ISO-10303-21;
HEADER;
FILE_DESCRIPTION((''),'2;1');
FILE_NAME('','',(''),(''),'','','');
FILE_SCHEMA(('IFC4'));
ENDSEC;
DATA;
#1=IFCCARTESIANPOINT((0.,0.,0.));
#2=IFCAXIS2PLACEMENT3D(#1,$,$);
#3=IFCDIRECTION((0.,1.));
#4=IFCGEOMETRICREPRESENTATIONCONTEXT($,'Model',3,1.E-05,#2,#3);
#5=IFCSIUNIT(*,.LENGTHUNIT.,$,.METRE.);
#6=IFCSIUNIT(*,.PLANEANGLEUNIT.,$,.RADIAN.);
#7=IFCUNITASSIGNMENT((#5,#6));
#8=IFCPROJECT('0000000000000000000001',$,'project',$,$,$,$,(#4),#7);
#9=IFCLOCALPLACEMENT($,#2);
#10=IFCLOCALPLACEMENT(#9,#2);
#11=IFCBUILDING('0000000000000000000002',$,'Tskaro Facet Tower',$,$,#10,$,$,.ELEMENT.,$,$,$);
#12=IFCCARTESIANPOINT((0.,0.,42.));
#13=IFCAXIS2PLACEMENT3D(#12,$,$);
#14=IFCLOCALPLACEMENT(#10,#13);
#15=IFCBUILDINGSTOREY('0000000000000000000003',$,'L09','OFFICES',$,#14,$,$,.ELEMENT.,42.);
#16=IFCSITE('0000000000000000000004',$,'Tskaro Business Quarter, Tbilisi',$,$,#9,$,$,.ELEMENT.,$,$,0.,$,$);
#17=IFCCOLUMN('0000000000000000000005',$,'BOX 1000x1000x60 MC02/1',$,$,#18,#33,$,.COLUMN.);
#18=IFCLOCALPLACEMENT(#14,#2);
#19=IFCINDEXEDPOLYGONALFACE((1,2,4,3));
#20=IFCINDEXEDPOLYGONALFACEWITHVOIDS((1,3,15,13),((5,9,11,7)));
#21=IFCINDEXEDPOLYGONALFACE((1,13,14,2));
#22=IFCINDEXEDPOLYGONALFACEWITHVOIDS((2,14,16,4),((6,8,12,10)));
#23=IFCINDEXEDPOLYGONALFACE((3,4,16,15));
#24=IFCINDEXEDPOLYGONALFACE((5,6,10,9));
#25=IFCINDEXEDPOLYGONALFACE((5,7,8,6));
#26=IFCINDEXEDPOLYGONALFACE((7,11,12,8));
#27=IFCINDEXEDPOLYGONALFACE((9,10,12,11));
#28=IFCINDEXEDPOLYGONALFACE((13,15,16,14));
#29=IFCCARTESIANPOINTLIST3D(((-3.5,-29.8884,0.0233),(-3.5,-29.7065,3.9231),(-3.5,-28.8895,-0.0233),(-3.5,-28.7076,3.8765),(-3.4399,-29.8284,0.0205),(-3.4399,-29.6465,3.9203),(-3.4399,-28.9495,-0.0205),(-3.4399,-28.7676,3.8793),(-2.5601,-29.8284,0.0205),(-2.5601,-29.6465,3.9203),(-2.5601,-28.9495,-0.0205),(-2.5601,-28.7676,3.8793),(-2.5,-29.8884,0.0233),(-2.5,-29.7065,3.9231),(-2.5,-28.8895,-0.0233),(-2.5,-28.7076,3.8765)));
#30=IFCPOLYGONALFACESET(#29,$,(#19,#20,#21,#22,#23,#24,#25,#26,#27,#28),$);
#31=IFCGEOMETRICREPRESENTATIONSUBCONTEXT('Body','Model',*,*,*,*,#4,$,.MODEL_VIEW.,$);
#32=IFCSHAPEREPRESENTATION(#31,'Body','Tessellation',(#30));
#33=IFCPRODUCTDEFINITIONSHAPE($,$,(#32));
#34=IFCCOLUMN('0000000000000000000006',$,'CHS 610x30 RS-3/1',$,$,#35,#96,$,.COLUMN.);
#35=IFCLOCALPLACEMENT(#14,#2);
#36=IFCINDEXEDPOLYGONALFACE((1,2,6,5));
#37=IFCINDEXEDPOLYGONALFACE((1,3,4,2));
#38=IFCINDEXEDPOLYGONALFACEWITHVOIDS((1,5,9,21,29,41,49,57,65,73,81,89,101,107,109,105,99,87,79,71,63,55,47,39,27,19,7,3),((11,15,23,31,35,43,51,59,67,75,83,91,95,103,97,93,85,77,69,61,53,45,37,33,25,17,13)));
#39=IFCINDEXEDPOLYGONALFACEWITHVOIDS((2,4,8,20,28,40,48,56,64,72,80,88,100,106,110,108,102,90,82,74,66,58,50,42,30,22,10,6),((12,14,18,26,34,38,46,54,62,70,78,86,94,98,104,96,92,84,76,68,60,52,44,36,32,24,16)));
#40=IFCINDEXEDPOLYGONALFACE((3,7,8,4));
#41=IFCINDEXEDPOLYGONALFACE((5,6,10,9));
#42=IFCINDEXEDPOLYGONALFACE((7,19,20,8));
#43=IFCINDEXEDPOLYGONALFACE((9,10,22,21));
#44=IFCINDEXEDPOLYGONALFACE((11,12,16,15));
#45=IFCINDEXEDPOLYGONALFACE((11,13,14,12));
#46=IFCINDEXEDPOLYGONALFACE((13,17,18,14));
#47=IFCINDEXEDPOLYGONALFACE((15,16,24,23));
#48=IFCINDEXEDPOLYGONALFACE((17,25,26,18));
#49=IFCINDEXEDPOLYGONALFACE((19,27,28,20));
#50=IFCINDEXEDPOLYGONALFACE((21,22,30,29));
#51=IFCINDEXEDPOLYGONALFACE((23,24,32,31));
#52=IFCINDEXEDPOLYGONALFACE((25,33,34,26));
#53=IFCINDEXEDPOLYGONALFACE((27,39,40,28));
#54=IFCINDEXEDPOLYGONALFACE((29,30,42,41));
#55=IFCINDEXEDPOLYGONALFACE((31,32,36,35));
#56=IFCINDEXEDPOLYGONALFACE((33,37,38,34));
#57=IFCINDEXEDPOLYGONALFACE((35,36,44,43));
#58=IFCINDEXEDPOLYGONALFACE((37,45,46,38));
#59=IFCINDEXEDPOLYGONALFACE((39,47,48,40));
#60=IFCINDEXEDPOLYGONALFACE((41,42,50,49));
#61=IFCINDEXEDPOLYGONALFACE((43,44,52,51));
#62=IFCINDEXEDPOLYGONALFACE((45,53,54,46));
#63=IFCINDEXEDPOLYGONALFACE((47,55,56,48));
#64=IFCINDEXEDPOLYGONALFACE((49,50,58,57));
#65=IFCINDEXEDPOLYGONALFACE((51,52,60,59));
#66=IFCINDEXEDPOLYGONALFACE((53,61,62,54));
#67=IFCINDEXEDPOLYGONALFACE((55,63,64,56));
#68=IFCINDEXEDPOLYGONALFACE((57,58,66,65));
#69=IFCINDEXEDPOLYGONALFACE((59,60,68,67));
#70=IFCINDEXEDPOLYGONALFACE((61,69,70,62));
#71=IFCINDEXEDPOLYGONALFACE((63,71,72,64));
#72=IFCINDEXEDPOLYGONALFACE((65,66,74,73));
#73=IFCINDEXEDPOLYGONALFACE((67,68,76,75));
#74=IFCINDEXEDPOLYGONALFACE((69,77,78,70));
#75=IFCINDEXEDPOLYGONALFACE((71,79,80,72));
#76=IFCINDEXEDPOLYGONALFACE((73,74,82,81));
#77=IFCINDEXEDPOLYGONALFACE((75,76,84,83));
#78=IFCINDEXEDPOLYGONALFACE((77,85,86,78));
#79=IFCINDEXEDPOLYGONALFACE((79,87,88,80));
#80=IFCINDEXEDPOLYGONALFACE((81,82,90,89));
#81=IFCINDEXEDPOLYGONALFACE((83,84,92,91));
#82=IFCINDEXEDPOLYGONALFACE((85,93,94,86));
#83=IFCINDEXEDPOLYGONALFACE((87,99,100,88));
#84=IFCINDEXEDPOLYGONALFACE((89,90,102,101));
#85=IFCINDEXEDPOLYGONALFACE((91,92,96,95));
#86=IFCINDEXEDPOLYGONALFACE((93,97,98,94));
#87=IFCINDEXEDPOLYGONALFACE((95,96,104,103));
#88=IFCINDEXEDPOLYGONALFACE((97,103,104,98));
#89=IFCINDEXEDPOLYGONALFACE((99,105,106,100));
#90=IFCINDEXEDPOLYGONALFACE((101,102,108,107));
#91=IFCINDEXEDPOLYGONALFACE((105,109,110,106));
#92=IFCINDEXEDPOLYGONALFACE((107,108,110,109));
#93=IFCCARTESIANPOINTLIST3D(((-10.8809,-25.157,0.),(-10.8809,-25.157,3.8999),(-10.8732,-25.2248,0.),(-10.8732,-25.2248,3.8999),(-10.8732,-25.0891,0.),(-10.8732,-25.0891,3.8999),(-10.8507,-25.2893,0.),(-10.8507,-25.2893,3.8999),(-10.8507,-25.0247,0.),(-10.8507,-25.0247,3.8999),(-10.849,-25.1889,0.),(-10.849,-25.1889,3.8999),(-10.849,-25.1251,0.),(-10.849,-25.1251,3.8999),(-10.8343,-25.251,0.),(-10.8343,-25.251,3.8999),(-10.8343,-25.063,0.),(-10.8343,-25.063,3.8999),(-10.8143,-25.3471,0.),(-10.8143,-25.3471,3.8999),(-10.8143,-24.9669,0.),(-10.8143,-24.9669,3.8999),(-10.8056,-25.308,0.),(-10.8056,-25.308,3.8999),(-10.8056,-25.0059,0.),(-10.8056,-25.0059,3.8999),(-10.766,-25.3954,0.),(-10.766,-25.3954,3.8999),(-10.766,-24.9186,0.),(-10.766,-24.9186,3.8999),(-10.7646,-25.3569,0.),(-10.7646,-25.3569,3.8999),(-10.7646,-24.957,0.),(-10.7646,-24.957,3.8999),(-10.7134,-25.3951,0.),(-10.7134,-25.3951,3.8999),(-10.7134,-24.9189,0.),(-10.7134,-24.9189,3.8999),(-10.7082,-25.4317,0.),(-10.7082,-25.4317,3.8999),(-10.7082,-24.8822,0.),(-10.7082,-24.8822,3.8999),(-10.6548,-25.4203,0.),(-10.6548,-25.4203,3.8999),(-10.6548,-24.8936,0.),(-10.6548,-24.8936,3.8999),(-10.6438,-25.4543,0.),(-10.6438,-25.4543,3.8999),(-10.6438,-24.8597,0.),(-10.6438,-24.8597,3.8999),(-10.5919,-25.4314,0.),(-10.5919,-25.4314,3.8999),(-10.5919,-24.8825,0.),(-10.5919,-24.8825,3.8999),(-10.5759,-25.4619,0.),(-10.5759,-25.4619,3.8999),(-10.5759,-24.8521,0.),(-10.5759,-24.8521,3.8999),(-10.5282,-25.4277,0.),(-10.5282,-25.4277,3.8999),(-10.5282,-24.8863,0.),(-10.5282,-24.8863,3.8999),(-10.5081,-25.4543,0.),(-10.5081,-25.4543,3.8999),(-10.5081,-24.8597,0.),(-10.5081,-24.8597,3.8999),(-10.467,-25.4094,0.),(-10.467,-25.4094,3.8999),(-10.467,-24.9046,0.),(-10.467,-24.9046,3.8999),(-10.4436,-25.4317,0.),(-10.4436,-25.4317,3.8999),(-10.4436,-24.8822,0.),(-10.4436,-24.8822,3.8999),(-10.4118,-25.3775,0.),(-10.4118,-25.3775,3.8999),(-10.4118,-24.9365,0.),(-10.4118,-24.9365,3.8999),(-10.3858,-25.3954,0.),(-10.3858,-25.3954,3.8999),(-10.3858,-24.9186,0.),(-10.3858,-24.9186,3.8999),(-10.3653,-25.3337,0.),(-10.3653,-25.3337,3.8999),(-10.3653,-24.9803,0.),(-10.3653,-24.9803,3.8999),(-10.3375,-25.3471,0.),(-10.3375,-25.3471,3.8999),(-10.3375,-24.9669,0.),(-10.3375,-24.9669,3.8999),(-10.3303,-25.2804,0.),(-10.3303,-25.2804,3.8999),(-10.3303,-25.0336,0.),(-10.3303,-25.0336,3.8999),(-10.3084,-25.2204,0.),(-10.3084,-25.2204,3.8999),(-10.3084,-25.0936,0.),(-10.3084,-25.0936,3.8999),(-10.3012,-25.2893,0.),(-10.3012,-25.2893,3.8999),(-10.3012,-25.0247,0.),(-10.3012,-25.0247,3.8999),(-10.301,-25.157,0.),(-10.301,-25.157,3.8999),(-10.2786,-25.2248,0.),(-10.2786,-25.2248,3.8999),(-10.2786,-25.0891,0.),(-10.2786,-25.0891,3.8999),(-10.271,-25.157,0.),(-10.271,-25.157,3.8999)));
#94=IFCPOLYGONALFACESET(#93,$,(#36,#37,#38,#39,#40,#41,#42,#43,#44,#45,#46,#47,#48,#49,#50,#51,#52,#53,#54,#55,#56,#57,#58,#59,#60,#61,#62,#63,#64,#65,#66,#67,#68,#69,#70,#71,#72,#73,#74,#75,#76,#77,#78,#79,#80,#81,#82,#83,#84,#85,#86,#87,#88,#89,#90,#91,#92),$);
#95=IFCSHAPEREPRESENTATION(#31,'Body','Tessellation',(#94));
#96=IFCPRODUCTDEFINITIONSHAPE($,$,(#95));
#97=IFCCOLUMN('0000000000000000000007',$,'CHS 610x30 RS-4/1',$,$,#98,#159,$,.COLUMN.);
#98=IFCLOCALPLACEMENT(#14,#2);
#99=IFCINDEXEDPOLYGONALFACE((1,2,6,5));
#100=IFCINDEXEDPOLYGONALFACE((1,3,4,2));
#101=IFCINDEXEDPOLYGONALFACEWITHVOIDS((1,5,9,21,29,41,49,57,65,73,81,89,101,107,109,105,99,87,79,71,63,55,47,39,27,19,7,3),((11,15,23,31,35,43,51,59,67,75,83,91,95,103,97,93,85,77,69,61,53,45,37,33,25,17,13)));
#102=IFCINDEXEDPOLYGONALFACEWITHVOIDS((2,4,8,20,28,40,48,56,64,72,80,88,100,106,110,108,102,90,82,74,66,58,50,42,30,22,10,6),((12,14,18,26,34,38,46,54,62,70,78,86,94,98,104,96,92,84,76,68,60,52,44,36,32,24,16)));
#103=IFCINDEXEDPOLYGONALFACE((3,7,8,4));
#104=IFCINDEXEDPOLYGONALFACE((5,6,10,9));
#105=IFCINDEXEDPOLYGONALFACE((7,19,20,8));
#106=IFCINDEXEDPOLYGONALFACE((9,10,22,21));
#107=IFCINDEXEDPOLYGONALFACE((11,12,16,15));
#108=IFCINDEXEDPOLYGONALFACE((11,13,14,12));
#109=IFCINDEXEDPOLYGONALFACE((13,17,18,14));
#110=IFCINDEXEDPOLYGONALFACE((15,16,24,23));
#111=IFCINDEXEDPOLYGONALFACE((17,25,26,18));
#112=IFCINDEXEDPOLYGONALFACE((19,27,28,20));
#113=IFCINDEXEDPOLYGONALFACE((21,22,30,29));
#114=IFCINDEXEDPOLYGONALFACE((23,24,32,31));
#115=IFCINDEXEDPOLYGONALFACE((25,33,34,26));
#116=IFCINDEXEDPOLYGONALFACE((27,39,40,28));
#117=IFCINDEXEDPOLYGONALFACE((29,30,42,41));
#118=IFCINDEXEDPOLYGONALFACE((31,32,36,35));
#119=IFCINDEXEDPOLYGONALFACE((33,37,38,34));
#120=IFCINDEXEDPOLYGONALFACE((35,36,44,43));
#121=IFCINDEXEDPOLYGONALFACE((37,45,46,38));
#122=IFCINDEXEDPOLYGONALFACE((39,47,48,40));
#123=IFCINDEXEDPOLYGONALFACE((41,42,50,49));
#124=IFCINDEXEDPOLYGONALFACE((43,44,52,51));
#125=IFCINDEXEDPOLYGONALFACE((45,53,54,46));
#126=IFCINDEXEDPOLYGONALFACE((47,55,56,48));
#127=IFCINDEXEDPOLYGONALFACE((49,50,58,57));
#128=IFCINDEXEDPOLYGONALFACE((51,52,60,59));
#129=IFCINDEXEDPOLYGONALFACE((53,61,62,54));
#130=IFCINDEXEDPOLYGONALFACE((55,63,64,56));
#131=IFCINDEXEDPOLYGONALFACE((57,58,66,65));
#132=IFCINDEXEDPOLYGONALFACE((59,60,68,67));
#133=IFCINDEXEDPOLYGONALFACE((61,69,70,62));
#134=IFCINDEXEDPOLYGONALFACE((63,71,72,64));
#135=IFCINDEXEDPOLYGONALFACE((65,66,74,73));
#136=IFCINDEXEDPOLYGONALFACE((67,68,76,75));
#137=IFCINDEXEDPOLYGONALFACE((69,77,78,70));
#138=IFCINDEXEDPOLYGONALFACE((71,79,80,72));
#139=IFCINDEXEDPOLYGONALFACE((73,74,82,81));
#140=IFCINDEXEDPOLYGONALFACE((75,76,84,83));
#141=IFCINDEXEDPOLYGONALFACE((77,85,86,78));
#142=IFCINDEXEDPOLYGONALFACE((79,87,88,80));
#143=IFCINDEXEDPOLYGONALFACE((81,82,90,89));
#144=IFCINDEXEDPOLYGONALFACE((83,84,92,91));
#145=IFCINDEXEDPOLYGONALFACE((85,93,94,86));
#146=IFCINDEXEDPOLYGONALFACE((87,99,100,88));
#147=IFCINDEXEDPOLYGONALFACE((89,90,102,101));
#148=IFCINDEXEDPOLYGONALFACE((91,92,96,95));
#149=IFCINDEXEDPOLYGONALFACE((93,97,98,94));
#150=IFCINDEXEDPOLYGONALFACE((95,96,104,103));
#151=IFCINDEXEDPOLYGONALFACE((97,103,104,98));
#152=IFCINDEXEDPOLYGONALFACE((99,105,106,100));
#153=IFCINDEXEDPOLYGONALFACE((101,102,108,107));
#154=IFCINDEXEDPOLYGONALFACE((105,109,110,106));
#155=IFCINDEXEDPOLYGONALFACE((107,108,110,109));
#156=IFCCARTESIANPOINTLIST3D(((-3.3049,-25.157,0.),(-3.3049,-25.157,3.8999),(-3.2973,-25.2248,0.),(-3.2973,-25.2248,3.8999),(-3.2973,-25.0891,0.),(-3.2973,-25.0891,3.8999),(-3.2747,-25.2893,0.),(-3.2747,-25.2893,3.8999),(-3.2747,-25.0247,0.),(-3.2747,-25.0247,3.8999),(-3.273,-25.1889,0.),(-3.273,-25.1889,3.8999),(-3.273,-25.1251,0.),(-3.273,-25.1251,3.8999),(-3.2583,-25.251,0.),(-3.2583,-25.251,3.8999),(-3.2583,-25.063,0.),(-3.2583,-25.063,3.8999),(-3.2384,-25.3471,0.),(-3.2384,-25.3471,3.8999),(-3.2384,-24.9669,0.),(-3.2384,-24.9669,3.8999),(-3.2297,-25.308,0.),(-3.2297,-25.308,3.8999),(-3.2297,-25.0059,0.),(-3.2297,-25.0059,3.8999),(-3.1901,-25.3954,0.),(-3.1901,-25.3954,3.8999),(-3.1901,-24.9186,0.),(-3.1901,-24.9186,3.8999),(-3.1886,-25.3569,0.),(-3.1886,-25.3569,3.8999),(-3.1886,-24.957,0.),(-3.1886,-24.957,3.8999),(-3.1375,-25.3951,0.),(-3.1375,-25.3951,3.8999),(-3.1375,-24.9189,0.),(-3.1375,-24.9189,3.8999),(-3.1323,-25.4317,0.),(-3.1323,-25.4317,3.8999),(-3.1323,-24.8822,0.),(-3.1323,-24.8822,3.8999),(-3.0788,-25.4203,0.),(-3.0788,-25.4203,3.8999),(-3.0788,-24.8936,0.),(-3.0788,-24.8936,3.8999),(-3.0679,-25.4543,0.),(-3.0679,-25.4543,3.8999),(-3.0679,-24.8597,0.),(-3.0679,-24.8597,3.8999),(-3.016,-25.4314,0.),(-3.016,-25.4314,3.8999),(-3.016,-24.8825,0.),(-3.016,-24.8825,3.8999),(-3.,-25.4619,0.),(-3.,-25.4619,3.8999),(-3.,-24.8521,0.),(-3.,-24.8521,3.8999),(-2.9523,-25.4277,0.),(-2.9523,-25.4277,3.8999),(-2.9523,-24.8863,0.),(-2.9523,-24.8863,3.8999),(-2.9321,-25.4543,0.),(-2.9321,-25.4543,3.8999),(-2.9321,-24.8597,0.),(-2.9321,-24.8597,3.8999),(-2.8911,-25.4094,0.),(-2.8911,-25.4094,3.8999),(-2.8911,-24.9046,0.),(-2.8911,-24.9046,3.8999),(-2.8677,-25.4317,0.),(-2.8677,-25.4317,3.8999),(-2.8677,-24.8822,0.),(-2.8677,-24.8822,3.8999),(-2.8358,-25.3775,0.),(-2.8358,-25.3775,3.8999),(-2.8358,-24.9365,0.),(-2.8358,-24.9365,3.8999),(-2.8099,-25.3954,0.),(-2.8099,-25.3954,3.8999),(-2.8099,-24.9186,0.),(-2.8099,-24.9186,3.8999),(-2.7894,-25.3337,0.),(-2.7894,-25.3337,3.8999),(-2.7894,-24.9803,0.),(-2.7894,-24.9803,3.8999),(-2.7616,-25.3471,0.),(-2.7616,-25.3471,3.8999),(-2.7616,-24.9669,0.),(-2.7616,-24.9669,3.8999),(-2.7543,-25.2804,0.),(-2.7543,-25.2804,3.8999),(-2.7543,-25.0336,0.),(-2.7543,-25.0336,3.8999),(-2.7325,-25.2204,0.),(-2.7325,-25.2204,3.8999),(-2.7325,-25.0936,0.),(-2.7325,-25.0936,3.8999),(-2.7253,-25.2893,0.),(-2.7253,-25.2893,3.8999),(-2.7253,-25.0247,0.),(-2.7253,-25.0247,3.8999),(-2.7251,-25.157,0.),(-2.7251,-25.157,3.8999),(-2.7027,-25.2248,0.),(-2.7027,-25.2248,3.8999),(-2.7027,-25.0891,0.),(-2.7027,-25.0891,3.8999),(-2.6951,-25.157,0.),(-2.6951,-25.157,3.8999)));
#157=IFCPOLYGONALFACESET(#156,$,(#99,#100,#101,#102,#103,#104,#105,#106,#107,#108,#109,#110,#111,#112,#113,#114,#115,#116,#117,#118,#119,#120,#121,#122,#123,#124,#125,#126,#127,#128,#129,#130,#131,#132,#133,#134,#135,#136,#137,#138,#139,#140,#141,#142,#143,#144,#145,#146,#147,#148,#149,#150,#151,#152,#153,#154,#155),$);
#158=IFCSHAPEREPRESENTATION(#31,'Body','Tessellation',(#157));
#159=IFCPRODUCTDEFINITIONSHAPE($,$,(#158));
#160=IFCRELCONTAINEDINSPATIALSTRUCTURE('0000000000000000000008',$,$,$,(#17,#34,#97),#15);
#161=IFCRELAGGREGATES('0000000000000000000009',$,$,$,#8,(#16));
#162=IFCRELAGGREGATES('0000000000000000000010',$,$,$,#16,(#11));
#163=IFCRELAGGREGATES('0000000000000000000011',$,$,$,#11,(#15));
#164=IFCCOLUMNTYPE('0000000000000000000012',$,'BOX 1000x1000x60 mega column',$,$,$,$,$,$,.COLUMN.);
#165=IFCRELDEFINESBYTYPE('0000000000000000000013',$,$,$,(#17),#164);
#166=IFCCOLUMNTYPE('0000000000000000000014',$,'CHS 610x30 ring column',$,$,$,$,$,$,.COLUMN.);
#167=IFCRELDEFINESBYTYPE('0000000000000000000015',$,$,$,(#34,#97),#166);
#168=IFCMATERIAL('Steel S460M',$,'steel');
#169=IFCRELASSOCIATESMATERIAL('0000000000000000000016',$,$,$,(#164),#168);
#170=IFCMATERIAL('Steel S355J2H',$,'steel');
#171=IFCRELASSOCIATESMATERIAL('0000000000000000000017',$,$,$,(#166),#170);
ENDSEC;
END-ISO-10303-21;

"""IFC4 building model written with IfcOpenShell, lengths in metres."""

from ifc_helpers import new_model, si_unit, direction, frame, origin, origin_2d, place, context, subcontext, project, spatial, hollow_rectangle, hollow_circle, extrude, material, material_profile, profile_set, type_object, element, save


model = new_model("IFC4")

# Units and contexts
model_context = context("Model", 3, precision=1e-05, world=origin(), true_north=direction((0.0, 1.0)))
body_context = subcontext(model_context, "Body", "Model", "MODEL_VIEW")
ifc_project = project(units=[si_unit("LENGTHUNIT", "METRE"), si_unit("PLANEANGLEUNIT", "RADIAN")], contexts=[model_context])

# Site, building, storey
site_placement = place(None, origin())
site = spatial("IfcSite", under=ifc_project, at=site_placement, Name="Tskaro Business Quarter, Tbilisi", CompositionType="ELEMENT", RefElevation=0.0)
building_placement = place(site_placement, origin())
building = spatial("IfcBuilding", under=site, at=building_placement, Name="Tskaro Facet Tower", CompositionType="ELEMENT")
storey_placement = place(building_placement, frame((0.0, 0.0, 42.0)))
storey = spatial("IfcBuildingStorey", under=building, at=storey_placement, Name="L09", Description="OFFICES", CompositionType="ELEMENT", Elevation=42.0)

# Columns
ifc_material_1 = material(Name="Steel S460M", Category="steel")
ifc_material_profile_1 = material_profile(ifc_material_1, hollow_rectangle(XDim=1.0, YDim=1.0, WallThickness=0.0601, at=origin_2d()), Name="BOX 1000x1000x60")
ifc_profile_set_1 = profile_set([ifc_material_profile_1], Name="Steel S460M")
column_type_1 = type_object("IfcColumnType", Name="BOX 1000x1000x60 mega column", PredefinedType="COLUMN", material=ifc_profile_set_1)
column_1_placement = place(storey_placement, frame((-3.0, -29.3889, 0.0), z_axis=(0.0, 0.046588, 0.998914), x_axis=(-1.0, 0.0, 0.0)))
element("IfcColumn", 1, at=column_1_placement, inside=storey, type_object=column_type_1, Name="BOX 1000x1000x60 MC02/1", PredefinedType="COLUMN", context=body_context, shape_type="SweptSolid", body=[
    extrude(hollow_rectangle(XDim=1.0, YDim=1.0, WallThickness=0.0601, at=origin_2d()), origin(), (0.0, 0.0, 1.0), 3.9041),
])
ifc_material_2 = material(Name="Steel S355J2H", Category="steel")
ifc_material_profile_2 = material_profile(ifc_material_2, hollow_circle(Radius=0.3049, WallThickness=0.03, at=origin_2d()), Name="CHS 610x30")
ifc_profile_set_2 = profile_set([ifc_material_profile_2], Name="Steel S355J2H")
column_type_2 = type_object("IfcColumnType", Name="CHS 610x30 ring column", PredefinedType="COLUMN", material=ifc_profile_set_2)
for number, where, z_axis, x_axis, name in (
    (2, (-10.5759, -25.157, 0.0), (0.0, 0.0, 1.0), (1.0, 0.0, 0.0), "CHS 610x30 RS-3/1"),
    (3, (-3.0, -25.157, 0.0), (0.0, 0.0, 1.0), (1.0, 0.0, 0.0), "CHS 610x30 RS-4/1"),
):
    element("IfcColumn", number, at=place(storey_placement, frame(where, z_axis=z_axis, x_axis=x_axis)), inside=storey, type_object=column_type_2, Name=name, PredefinedType="COLUMN", context=body_context, shape_type="SweptSolid", body=[
        extrude(hollow_circle(Radius=0.3049, WallThickness=0.03, at=origin_2d()), origin(), (0.0, 0.0, 1.0), 3.8999),
    ])

save(model, "model.ifc")
